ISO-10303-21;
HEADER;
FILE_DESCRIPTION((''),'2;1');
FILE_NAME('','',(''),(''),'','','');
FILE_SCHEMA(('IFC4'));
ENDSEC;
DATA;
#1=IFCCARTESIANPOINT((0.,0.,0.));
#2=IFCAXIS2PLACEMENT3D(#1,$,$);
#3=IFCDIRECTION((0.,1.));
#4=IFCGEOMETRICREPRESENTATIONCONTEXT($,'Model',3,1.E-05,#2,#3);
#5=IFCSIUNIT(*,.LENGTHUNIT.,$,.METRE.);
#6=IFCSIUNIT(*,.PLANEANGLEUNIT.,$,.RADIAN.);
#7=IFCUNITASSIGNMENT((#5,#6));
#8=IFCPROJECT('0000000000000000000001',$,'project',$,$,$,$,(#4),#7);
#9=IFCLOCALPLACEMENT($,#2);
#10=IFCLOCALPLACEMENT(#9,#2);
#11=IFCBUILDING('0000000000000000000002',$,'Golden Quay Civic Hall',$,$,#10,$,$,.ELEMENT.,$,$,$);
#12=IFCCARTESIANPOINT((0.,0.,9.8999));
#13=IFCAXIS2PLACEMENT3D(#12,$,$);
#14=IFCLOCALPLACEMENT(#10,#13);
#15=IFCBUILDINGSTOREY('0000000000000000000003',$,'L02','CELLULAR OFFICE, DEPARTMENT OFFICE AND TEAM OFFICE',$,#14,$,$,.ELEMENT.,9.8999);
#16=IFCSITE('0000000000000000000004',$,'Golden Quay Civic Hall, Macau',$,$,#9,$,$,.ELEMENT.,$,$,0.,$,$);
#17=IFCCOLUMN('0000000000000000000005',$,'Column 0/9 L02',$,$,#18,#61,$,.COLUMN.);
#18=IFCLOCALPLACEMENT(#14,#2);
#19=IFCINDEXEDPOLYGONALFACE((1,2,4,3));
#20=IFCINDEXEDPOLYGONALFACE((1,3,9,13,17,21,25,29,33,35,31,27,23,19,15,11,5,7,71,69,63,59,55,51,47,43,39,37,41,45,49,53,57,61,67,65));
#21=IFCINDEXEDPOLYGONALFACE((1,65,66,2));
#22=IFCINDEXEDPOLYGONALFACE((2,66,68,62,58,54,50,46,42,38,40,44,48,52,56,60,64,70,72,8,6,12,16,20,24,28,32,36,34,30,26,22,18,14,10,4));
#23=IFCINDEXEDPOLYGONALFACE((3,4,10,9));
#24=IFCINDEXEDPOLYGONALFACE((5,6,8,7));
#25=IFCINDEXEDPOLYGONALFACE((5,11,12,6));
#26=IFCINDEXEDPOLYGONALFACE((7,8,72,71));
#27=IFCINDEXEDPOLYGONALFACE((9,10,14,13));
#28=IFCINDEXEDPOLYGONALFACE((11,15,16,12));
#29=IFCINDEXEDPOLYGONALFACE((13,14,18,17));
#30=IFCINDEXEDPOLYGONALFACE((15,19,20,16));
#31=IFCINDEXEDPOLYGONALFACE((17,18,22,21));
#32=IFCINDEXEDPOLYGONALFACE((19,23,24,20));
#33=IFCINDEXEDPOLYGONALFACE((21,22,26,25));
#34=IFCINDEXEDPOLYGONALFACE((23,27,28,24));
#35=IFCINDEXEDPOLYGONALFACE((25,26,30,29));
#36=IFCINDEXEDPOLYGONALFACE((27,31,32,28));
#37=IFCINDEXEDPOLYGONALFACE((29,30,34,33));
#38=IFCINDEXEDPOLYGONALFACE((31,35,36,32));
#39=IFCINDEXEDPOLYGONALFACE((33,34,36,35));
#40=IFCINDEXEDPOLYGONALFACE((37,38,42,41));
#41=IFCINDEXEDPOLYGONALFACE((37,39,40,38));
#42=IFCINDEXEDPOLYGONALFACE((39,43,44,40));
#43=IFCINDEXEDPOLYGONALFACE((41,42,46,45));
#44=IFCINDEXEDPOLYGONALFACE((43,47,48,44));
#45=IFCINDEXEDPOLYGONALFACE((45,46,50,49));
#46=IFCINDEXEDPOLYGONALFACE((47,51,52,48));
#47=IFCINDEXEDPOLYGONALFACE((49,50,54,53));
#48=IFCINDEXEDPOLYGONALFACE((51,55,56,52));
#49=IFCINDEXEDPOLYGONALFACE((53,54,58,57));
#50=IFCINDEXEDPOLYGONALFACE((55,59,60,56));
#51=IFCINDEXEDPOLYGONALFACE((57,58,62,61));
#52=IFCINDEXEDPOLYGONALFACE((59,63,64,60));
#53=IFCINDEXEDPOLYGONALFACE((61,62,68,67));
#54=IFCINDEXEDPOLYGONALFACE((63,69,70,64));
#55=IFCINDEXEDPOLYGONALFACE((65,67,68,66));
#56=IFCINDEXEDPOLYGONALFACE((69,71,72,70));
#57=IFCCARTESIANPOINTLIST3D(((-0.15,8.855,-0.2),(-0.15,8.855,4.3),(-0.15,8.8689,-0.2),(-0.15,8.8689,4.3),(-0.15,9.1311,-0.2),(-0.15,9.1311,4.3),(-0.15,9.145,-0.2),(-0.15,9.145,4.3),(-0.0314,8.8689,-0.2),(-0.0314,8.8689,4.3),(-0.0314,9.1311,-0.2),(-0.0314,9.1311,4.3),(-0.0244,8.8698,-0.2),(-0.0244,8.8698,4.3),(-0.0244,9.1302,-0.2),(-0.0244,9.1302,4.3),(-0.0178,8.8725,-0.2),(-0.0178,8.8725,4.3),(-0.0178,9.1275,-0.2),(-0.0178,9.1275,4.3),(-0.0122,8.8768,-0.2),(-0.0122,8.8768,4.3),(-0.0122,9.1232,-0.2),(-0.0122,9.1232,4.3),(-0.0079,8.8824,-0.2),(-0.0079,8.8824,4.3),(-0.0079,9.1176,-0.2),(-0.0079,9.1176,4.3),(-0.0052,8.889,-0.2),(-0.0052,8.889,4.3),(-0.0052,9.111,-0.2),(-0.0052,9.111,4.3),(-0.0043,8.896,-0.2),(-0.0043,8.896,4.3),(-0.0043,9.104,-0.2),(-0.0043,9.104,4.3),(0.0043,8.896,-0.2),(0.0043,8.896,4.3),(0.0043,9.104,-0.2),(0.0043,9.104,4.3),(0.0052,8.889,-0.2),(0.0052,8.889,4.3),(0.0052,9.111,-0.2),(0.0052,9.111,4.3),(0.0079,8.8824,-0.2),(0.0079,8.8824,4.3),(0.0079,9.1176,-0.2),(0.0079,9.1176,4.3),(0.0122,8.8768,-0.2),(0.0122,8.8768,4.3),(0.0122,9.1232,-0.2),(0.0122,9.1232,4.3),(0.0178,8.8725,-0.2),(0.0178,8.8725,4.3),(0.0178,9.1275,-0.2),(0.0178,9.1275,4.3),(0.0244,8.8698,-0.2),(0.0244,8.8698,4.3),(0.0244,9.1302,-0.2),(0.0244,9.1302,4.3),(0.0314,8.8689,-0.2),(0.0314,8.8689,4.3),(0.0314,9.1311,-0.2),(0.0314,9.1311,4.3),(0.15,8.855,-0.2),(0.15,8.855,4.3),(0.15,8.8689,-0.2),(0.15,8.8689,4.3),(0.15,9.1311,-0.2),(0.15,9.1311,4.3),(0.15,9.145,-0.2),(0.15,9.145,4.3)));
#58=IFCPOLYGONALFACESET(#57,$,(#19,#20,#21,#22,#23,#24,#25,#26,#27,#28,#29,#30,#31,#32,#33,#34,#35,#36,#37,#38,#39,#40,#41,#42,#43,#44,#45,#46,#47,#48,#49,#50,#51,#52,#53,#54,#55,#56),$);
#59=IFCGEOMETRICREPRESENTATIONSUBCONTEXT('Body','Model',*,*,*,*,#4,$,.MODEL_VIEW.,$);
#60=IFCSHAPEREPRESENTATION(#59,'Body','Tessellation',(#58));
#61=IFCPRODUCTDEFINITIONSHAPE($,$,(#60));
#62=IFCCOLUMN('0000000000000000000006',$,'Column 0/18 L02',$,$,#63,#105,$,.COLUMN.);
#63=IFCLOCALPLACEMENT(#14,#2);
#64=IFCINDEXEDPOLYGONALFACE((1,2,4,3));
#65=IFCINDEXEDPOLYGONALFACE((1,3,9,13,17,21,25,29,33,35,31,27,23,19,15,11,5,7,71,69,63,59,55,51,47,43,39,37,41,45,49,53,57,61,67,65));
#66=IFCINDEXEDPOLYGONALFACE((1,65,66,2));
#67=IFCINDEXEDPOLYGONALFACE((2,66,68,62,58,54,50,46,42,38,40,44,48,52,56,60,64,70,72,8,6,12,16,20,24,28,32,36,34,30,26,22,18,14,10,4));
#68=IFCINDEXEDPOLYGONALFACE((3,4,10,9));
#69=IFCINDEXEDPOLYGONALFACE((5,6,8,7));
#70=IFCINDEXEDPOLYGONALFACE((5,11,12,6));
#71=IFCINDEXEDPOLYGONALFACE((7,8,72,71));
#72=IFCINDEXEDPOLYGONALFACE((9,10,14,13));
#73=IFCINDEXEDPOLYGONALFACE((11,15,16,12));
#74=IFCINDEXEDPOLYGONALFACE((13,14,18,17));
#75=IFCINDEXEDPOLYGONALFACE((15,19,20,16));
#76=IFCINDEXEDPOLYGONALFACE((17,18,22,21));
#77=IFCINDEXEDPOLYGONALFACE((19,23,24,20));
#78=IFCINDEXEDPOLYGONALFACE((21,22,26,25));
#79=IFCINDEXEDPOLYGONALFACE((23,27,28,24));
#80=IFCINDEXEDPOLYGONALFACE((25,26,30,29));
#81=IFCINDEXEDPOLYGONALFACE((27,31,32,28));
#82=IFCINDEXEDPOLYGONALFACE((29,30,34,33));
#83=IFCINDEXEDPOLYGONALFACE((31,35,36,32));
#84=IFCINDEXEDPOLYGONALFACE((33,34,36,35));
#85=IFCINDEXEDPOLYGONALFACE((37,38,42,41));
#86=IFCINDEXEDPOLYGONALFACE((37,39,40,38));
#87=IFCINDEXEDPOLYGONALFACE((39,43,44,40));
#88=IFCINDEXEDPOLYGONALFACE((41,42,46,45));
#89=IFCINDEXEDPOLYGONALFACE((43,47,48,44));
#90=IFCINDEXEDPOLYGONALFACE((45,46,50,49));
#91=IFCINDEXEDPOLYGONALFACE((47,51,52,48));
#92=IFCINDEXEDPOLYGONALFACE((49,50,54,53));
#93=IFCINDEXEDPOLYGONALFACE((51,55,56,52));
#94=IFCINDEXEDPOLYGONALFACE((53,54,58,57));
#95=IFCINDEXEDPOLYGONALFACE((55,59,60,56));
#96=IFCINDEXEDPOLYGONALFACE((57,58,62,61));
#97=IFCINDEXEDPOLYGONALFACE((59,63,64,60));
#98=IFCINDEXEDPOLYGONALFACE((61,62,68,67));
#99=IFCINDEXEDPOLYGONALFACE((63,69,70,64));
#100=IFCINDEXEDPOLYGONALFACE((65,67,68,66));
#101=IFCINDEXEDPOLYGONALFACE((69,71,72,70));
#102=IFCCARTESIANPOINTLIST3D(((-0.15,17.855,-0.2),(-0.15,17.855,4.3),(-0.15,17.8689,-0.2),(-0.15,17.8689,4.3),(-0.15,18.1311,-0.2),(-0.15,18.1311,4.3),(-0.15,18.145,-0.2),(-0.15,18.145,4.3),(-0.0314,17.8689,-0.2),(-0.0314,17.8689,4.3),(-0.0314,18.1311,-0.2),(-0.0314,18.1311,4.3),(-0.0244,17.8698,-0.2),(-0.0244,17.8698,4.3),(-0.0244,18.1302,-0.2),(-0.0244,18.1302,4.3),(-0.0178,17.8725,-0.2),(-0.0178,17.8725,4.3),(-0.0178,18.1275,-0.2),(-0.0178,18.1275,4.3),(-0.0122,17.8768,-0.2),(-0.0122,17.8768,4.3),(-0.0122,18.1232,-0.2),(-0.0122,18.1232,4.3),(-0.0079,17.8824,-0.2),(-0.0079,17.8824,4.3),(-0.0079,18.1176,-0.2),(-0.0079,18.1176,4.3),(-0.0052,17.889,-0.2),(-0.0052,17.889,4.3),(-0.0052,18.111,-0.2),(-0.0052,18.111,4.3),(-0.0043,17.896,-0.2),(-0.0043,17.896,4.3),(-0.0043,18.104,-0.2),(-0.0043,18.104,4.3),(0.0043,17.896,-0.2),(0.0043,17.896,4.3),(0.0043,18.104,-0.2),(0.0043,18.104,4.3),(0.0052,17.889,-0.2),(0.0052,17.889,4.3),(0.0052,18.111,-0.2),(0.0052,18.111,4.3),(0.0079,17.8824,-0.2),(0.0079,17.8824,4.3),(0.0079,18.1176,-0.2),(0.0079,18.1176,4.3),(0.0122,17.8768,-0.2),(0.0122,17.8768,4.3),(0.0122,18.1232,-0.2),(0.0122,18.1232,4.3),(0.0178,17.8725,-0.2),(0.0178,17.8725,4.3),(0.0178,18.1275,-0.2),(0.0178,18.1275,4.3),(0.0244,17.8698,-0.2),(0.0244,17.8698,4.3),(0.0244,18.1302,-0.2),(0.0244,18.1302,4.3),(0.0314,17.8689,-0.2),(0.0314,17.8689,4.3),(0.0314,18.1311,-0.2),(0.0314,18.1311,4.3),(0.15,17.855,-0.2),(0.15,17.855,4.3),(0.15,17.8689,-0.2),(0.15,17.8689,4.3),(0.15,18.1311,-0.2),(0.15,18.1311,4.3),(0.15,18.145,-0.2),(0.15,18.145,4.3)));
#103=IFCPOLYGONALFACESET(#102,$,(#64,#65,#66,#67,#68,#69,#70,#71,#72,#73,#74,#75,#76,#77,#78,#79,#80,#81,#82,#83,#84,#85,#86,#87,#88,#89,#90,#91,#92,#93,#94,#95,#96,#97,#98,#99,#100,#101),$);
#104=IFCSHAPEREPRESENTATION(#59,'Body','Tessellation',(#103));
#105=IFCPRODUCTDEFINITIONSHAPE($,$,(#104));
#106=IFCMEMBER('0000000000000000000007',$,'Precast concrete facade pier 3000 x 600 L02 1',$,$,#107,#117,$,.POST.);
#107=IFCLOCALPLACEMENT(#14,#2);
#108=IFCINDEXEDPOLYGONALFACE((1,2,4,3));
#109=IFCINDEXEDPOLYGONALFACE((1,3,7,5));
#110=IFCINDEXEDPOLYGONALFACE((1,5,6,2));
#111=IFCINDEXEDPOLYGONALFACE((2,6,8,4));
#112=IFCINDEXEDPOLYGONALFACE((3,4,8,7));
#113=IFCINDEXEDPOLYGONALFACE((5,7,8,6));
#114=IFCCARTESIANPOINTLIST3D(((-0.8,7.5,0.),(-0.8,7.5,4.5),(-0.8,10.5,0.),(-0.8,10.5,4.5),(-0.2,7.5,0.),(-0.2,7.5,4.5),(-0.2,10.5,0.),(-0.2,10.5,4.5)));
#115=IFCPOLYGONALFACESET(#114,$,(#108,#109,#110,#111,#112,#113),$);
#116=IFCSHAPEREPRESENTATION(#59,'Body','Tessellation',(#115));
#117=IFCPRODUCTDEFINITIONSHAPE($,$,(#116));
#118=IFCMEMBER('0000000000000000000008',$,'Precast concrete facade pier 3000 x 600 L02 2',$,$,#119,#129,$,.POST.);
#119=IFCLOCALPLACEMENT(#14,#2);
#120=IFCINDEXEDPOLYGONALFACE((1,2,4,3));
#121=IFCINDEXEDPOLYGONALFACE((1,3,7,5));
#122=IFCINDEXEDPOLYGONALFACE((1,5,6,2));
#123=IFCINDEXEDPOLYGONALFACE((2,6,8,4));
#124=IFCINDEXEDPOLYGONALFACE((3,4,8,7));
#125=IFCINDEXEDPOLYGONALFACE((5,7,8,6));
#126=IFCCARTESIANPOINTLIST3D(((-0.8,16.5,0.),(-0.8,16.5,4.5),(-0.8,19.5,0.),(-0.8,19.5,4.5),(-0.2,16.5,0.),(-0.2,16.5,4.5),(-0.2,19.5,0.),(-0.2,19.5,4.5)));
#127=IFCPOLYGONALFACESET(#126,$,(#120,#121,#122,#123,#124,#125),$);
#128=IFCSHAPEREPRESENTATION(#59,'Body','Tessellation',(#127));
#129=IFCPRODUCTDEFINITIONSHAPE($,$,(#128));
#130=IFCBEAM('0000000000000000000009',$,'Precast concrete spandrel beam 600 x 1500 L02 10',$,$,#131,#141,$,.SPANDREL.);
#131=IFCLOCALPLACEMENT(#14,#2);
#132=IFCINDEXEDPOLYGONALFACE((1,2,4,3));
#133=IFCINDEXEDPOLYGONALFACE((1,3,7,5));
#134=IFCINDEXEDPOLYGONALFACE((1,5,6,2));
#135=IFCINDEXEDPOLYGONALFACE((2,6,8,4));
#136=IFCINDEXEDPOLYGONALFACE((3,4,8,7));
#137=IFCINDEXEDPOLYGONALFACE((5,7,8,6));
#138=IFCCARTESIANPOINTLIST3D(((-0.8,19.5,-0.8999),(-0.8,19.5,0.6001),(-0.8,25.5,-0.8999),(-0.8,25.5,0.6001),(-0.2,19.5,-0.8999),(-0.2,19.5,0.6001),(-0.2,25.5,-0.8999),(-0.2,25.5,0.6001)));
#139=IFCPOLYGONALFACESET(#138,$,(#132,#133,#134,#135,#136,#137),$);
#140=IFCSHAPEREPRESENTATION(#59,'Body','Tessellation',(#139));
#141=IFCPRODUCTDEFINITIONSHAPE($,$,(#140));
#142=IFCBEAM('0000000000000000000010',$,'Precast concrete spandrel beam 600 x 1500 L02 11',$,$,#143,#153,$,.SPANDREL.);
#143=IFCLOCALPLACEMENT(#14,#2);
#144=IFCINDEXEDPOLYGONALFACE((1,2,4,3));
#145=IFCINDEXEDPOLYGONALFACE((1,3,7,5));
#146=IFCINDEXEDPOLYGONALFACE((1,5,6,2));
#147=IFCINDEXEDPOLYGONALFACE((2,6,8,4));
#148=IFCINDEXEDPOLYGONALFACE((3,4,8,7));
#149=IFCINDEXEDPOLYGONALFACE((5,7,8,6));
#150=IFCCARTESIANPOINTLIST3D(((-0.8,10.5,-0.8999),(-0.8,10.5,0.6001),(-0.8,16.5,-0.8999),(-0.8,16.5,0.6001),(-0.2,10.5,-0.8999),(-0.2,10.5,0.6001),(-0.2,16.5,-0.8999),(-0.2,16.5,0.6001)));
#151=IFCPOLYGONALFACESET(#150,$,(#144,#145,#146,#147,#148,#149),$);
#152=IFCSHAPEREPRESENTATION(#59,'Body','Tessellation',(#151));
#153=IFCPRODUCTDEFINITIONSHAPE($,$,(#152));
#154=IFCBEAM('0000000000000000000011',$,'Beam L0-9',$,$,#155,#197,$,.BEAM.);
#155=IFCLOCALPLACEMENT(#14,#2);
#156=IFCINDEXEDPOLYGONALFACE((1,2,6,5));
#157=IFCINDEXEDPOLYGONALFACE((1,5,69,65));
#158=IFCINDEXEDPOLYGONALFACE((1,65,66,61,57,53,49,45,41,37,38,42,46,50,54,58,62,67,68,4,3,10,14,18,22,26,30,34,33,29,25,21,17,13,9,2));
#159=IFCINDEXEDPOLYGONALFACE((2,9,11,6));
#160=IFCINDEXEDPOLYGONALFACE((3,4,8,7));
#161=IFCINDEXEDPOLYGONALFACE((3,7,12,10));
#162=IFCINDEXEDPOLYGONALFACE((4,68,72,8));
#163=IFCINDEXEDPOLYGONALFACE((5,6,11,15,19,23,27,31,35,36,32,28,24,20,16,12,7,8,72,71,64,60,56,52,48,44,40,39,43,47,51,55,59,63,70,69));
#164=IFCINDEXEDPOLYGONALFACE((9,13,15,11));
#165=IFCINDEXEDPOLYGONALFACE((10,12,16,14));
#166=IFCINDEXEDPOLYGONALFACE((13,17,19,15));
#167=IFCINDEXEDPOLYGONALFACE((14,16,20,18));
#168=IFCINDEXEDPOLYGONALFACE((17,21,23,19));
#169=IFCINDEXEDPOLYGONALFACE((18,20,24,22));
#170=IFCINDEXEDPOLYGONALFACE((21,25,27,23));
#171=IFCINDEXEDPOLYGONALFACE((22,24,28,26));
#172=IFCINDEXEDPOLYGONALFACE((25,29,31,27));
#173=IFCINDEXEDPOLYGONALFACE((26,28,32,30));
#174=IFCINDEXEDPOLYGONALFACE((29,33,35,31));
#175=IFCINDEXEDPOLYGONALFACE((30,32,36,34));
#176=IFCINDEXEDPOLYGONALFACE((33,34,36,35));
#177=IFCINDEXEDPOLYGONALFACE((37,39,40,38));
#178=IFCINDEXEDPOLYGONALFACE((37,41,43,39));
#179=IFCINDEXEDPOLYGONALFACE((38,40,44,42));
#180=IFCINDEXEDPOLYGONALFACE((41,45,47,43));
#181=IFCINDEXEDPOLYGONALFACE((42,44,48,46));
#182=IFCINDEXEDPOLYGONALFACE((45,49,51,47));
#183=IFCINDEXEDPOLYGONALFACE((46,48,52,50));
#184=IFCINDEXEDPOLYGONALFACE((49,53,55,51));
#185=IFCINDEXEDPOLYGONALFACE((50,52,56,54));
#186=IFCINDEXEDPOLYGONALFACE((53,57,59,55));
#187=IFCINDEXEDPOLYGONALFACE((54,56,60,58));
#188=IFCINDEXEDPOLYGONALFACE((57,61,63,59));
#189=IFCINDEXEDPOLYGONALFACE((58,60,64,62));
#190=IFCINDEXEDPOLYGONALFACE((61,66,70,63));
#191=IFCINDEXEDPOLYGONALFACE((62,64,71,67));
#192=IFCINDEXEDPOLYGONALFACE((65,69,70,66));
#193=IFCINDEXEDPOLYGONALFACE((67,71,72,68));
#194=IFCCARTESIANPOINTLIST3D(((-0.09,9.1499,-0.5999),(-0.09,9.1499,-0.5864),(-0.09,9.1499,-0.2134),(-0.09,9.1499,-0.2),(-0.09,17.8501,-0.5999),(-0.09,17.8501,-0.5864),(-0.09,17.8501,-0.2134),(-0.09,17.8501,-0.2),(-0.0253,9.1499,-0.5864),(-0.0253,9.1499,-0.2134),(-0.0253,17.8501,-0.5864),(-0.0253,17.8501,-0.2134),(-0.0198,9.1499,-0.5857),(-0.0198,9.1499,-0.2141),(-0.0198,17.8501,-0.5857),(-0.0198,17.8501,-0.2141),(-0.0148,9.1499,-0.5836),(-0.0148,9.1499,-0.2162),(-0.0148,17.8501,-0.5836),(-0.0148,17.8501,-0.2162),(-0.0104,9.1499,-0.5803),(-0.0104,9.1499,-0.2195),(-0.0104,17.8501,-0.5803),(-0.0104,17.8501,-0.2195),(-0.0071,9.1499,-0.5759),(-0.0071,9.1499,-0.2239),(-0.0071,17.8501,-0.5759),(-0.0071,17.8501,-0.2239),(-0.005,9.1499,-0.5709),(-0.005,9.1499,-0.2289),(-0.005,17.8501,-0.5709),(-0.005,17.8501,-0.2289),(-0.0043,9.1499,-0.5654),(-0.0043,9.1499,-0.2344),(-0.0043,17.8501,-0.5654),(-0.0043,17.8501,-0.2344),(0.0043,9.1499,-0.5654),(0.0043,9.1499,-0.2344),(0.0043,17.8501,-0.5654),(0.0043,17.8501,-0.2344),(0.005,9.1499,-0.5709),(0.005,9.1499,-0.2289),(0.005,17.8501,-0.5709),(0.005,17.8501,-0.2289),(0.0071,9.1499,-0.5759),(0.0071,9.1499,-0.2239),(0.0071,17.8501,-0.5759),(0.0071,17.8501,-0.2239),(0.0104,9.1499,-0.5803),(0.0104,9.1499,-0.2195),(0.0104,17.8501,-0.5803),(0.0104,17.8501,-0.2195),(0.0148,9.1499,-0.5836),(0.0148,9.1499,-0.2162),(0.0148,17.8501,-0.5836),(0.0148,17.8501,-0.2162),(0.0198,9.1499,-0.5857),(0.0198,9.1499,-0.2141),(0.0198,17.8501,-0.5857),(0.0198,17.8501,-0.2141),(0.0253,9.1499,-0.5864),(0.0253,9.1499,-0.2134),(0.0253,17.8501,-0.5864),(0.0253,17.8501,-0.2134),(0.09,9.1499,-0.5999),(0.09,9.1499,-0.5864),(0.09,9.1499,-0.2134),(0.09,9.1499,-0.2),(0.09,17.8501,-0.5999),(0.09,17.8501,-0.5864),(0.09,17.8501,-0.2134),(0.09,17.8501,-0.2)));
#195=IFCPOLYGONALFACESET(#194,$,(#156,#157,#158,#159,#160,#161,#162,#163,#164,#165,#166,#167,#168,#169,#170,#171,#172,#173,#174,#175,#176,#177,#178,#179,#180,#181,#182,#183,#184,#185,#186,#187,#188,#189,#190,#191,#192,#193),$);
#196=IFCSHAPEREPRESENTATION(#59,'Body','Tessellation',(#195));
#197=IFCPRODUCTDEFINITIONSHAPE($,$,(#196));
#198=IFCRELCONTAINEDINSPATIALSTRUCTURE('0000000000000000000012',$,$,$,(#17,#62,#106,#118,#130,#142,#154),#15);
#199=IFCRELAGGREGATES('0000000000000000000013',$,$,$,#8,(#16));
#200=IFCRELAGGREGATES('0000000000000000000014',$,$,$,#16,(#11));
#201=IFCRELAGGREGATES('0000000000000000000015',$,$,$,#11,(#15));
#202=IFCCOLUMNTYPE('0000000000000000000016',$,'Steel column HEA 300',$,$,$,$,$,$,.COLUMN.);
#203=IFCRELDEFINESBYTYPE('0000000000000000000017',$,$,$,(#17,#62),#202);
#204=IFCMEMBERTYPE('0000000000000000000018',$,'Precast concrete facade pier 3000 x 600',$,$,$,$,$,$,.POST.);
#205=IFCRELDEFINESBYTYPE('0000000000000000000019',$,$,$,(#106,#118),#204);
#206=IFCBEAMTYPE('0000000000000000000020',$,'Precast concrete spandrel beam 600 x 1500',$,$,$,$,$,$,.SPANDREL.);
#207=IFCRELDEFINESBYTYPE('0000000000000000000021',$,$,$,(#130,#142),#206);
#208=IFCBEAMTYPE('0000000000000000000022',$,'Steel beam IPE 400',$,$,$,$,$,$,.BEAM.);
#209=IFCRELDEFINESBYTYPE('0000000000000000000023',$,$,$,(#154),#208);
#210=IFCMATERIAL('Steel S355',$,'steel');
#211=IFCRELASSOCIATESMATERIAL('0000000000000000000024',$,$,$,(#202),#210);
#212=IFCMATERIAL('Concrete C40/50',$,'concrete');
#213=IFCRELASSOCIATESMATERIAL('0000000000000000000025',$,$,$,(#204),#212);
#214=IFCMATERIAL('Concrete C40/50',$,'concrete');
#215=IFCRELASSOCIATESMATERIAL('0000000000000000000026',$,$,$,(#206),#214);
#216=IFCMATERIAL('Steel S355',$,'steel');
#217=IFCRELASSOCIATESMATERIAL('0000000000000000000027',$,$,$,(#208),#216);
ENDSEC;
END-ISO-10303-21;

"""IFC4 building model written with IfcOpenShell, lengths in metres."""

from ifc_helpers import new_model, si_unit, direction, frame, origin, origin_2d, place, context, subcontext, project, spatial, rectangle, i_section, extrude, material, material_profile, profile_set, type_object, element, save


model = new_model("IFC4")

# Units and contexts
model_context = context("Model", 3, precision=1e-05, world=origin(), true_north=direction((0.0, 1.0)))
body_context = subcontext(model_context, "Body", "Model", "MODEL_VIEW")
ifc_project = project(units=[si_unit("LENGTHUNIT", "METRE"), si_unit("PLANEANGLEUNIT", "RADIAN")], contexts=[model_context])

# Site, building, storey
site_placement = place(None, origin())
site = spatial("IfcSite", under=ifc_project, at=site_placement, Name="Golden Quay Civic Hall, Macau", CompositionType="ELEMENT", RefElevation=0.0)
building_placement = place(site_placement, origin())
building = spatial("IfcBuilding", under=site, at=building_placement, Name="Golden Quay Civic Hall", CompositionType="ELEMENT")
storey_placement = place(building_placement, frame((0.0, 0.0, 9.8999)))
storey = spatial("IfcBuildingStorey", under=building, at=storey_placement, Name="L02", Description="CELLULAR OFFICE, DEPARTMENT OFFICE AND TEAM OFFICE", CompositionType="ELEMENT", Elevation=9.8999)

# Columns
ifc_material_1 = material(Name="Steel S355", Category="steel")
ifc_material_profile_1 = material_profile(ifc_material_1, i_section(OverallWidth=0.3, OverallDepth=0.29, WebThickness=0.0085, FlangeThickness=0.0139, FilletRadius=0.0271, at=origin_2d()), Name="HEA 300")
ifc_profile_set_1 = profile_set([ifc_material_profile_1], Name="Steel S355")
column_type = type_object("IfcColumnType", Name="Steel column HEA 300", PredefinedType="COLUMN", material=ifc_profile_set_1)
for number, where, z_axis, x_axis, name in (
    (1, (0.0, 9.0, -0.2), (0.0, 0.0, 1.0), (1.0, 0.0, 0.0), "Column 0/9 L02"),
    (2, (0.0, 18.0, -0.2), (0.0, 0.0, 1.0), (1.0, 0.0, 0.0), "Column 0/18 L02"),
):
    element("IfcColumn", number, at=place(storey_placement, frame(where, z_axis=z_axis, x_axis=x_axis)), inside=storey, type_object=column_type, Name=name, PredefinedType="COLUMN", context=body_context, shape_type="SweptSolid", body=[
        extrude(i_section(OverallWidth=0.3, OverallDepth=0.29, WebThickness=0.0085, FlangeThickness=0.0139, FilletRadius=0.0271, at=origin_2d()), origin(), (0.0, 0.0, 1.0), 4.5),
    ])

# Members
ifc_material_2 = material(Name="Concrete C40/50", Category="concrete")
ifc_material_profile_2 = material_profile(ifc_material_2, rectangle(XDim=3.0, YDim=0.6001, at=origin_2d()), Name="RC 3000x600")
ifc_profile_set_2 = profile_set([ifc_material_profile_2], Name="Concrete C40/50")
member_type = type_object("IfcMemberType", Name="Precast concrete facade pier 3000 x 600", PredefinedType="POST", material=ifc_profile_set_2)
for number, where, z_axis, x_axis, name in (
    (3, (-0.5, 9.0, 0.0), (0.0, 0.0, 1.0), (0.0, 1.0, 0.0), "Precast concrete facade pier 3000 x 600 L02 1"),
    (4, (-0.5, 18.0, 0.0), (0.0, 0.0, 1.0), (0.0, 1.0, 0.0), "Precast concrete facade pier 3000 x 600 L02 2"),
):
    element("IfcMember", number, at=place(storey_placement, frame(where, z_axis=z_axis, x_axis=x_axis)), inside=storey, type_object=member_type, Name=name, PredefinedType="POST", context=body_context, shape_type="SweptSolid", body=[
        extrude(rectangle(XDim=3.0, YDim=0.6001, at=origin_2d()), origin(), (0.0, 0.0, 1.0), 4.5),
    ])

# Beams
ifc_material_3 = material(Name="Concrete C40/50", Category="concrete")
ifc_material_profile_3 = material_profile(ifc_material_3, rectangle(XDim=0.6001, YDim=1.5, at=origin_2d()), Name="RC 600x1500")
ifc_profile_set_3 = profile_set([ifc_material_profile_3], Name="Concrete C40/50")
beam_type_1 = type_object("IfcBeamType", Name="Precast concrete spandrel beam 600 x 1500", PredefinedType="SPANDREL", material=ifc_profile_set_3)
for number, where, z_axis, x_axis, name in (
    (5, (-0.5, 19.5, -0.1499), (0.0, 1.0, 0.0), (-1.0, 0.0, 0.0), "Precast concrete spandrel beam 600 x 1500 L02 10"),
    (6, (-0.5, 10.5, -0.1499), (0.0, 1.0, 0.0), (-1.0, 0.0, 0.0), "Precast concrete spandrel beam 600 x 1500 L02 11"),
):
    element("IfcBeam", number, at=place(storey_placement, frame(where, z_axis=z_axis, x_axis=x_axis)), inside=storey, type_object=beam_type_1, Name=name, PredefinedType="SPANDREL", context=body_context, shape_type="SweptSolid", body=[
        extrude(rectangle(XDim=0.6001, YDim=1.5, at=origin_2d()), origin(), (0.0, 0.0, 1.0), 6.0),
    ])
ifc_material_4 = material(Name="Steel S355", Category="steel")
ifc_material_profile_4 = material_profile(ifc_material_4, i_section(OverallWidth=0.1799, OverallDepth=0.3999, WebThickness=0.0085, FlangeThickness=0.0134, FilletRadius=0.021, at=origin_2d()), Name="IPE 400")
ifc_profile_set_4 = profile_set([ifc_material_profile_4], Name="Steel S355")
beam_type_2 = type_object("IfcBeamType", Name="Steel beam IPE 400", PredefinedType="BEAM", material=ifc_profile_set_4)
for number, where, z_axis, x_axis, name in (
    (7, (0.0, 9.1499, -0.3999), (0.0, 1.0, 0.0), (-1.0, 0.0, 0.0), "Beam L0-9"),
):
    element("IfcBeam", number, at=place(storey_placement, frame(where, z_axis=z_axis, x_axis=x_axis)), inside=storey, type_object=beam_type_2, Name=name, PredefinedType="BEAM", context=body_context, shape_type="SweptSolid", body=[
        extrude(i_section(OverallWidth=0.1799, OverallDepth=0.3999, WebThickness=0.0085, FlangeThickness=0.0134, FilletRadius=0.021, at=origin_2d()), origin(), (0.0, 0.0, 1.0), 8.7002),
    ])

save(model, "model.ifc")
